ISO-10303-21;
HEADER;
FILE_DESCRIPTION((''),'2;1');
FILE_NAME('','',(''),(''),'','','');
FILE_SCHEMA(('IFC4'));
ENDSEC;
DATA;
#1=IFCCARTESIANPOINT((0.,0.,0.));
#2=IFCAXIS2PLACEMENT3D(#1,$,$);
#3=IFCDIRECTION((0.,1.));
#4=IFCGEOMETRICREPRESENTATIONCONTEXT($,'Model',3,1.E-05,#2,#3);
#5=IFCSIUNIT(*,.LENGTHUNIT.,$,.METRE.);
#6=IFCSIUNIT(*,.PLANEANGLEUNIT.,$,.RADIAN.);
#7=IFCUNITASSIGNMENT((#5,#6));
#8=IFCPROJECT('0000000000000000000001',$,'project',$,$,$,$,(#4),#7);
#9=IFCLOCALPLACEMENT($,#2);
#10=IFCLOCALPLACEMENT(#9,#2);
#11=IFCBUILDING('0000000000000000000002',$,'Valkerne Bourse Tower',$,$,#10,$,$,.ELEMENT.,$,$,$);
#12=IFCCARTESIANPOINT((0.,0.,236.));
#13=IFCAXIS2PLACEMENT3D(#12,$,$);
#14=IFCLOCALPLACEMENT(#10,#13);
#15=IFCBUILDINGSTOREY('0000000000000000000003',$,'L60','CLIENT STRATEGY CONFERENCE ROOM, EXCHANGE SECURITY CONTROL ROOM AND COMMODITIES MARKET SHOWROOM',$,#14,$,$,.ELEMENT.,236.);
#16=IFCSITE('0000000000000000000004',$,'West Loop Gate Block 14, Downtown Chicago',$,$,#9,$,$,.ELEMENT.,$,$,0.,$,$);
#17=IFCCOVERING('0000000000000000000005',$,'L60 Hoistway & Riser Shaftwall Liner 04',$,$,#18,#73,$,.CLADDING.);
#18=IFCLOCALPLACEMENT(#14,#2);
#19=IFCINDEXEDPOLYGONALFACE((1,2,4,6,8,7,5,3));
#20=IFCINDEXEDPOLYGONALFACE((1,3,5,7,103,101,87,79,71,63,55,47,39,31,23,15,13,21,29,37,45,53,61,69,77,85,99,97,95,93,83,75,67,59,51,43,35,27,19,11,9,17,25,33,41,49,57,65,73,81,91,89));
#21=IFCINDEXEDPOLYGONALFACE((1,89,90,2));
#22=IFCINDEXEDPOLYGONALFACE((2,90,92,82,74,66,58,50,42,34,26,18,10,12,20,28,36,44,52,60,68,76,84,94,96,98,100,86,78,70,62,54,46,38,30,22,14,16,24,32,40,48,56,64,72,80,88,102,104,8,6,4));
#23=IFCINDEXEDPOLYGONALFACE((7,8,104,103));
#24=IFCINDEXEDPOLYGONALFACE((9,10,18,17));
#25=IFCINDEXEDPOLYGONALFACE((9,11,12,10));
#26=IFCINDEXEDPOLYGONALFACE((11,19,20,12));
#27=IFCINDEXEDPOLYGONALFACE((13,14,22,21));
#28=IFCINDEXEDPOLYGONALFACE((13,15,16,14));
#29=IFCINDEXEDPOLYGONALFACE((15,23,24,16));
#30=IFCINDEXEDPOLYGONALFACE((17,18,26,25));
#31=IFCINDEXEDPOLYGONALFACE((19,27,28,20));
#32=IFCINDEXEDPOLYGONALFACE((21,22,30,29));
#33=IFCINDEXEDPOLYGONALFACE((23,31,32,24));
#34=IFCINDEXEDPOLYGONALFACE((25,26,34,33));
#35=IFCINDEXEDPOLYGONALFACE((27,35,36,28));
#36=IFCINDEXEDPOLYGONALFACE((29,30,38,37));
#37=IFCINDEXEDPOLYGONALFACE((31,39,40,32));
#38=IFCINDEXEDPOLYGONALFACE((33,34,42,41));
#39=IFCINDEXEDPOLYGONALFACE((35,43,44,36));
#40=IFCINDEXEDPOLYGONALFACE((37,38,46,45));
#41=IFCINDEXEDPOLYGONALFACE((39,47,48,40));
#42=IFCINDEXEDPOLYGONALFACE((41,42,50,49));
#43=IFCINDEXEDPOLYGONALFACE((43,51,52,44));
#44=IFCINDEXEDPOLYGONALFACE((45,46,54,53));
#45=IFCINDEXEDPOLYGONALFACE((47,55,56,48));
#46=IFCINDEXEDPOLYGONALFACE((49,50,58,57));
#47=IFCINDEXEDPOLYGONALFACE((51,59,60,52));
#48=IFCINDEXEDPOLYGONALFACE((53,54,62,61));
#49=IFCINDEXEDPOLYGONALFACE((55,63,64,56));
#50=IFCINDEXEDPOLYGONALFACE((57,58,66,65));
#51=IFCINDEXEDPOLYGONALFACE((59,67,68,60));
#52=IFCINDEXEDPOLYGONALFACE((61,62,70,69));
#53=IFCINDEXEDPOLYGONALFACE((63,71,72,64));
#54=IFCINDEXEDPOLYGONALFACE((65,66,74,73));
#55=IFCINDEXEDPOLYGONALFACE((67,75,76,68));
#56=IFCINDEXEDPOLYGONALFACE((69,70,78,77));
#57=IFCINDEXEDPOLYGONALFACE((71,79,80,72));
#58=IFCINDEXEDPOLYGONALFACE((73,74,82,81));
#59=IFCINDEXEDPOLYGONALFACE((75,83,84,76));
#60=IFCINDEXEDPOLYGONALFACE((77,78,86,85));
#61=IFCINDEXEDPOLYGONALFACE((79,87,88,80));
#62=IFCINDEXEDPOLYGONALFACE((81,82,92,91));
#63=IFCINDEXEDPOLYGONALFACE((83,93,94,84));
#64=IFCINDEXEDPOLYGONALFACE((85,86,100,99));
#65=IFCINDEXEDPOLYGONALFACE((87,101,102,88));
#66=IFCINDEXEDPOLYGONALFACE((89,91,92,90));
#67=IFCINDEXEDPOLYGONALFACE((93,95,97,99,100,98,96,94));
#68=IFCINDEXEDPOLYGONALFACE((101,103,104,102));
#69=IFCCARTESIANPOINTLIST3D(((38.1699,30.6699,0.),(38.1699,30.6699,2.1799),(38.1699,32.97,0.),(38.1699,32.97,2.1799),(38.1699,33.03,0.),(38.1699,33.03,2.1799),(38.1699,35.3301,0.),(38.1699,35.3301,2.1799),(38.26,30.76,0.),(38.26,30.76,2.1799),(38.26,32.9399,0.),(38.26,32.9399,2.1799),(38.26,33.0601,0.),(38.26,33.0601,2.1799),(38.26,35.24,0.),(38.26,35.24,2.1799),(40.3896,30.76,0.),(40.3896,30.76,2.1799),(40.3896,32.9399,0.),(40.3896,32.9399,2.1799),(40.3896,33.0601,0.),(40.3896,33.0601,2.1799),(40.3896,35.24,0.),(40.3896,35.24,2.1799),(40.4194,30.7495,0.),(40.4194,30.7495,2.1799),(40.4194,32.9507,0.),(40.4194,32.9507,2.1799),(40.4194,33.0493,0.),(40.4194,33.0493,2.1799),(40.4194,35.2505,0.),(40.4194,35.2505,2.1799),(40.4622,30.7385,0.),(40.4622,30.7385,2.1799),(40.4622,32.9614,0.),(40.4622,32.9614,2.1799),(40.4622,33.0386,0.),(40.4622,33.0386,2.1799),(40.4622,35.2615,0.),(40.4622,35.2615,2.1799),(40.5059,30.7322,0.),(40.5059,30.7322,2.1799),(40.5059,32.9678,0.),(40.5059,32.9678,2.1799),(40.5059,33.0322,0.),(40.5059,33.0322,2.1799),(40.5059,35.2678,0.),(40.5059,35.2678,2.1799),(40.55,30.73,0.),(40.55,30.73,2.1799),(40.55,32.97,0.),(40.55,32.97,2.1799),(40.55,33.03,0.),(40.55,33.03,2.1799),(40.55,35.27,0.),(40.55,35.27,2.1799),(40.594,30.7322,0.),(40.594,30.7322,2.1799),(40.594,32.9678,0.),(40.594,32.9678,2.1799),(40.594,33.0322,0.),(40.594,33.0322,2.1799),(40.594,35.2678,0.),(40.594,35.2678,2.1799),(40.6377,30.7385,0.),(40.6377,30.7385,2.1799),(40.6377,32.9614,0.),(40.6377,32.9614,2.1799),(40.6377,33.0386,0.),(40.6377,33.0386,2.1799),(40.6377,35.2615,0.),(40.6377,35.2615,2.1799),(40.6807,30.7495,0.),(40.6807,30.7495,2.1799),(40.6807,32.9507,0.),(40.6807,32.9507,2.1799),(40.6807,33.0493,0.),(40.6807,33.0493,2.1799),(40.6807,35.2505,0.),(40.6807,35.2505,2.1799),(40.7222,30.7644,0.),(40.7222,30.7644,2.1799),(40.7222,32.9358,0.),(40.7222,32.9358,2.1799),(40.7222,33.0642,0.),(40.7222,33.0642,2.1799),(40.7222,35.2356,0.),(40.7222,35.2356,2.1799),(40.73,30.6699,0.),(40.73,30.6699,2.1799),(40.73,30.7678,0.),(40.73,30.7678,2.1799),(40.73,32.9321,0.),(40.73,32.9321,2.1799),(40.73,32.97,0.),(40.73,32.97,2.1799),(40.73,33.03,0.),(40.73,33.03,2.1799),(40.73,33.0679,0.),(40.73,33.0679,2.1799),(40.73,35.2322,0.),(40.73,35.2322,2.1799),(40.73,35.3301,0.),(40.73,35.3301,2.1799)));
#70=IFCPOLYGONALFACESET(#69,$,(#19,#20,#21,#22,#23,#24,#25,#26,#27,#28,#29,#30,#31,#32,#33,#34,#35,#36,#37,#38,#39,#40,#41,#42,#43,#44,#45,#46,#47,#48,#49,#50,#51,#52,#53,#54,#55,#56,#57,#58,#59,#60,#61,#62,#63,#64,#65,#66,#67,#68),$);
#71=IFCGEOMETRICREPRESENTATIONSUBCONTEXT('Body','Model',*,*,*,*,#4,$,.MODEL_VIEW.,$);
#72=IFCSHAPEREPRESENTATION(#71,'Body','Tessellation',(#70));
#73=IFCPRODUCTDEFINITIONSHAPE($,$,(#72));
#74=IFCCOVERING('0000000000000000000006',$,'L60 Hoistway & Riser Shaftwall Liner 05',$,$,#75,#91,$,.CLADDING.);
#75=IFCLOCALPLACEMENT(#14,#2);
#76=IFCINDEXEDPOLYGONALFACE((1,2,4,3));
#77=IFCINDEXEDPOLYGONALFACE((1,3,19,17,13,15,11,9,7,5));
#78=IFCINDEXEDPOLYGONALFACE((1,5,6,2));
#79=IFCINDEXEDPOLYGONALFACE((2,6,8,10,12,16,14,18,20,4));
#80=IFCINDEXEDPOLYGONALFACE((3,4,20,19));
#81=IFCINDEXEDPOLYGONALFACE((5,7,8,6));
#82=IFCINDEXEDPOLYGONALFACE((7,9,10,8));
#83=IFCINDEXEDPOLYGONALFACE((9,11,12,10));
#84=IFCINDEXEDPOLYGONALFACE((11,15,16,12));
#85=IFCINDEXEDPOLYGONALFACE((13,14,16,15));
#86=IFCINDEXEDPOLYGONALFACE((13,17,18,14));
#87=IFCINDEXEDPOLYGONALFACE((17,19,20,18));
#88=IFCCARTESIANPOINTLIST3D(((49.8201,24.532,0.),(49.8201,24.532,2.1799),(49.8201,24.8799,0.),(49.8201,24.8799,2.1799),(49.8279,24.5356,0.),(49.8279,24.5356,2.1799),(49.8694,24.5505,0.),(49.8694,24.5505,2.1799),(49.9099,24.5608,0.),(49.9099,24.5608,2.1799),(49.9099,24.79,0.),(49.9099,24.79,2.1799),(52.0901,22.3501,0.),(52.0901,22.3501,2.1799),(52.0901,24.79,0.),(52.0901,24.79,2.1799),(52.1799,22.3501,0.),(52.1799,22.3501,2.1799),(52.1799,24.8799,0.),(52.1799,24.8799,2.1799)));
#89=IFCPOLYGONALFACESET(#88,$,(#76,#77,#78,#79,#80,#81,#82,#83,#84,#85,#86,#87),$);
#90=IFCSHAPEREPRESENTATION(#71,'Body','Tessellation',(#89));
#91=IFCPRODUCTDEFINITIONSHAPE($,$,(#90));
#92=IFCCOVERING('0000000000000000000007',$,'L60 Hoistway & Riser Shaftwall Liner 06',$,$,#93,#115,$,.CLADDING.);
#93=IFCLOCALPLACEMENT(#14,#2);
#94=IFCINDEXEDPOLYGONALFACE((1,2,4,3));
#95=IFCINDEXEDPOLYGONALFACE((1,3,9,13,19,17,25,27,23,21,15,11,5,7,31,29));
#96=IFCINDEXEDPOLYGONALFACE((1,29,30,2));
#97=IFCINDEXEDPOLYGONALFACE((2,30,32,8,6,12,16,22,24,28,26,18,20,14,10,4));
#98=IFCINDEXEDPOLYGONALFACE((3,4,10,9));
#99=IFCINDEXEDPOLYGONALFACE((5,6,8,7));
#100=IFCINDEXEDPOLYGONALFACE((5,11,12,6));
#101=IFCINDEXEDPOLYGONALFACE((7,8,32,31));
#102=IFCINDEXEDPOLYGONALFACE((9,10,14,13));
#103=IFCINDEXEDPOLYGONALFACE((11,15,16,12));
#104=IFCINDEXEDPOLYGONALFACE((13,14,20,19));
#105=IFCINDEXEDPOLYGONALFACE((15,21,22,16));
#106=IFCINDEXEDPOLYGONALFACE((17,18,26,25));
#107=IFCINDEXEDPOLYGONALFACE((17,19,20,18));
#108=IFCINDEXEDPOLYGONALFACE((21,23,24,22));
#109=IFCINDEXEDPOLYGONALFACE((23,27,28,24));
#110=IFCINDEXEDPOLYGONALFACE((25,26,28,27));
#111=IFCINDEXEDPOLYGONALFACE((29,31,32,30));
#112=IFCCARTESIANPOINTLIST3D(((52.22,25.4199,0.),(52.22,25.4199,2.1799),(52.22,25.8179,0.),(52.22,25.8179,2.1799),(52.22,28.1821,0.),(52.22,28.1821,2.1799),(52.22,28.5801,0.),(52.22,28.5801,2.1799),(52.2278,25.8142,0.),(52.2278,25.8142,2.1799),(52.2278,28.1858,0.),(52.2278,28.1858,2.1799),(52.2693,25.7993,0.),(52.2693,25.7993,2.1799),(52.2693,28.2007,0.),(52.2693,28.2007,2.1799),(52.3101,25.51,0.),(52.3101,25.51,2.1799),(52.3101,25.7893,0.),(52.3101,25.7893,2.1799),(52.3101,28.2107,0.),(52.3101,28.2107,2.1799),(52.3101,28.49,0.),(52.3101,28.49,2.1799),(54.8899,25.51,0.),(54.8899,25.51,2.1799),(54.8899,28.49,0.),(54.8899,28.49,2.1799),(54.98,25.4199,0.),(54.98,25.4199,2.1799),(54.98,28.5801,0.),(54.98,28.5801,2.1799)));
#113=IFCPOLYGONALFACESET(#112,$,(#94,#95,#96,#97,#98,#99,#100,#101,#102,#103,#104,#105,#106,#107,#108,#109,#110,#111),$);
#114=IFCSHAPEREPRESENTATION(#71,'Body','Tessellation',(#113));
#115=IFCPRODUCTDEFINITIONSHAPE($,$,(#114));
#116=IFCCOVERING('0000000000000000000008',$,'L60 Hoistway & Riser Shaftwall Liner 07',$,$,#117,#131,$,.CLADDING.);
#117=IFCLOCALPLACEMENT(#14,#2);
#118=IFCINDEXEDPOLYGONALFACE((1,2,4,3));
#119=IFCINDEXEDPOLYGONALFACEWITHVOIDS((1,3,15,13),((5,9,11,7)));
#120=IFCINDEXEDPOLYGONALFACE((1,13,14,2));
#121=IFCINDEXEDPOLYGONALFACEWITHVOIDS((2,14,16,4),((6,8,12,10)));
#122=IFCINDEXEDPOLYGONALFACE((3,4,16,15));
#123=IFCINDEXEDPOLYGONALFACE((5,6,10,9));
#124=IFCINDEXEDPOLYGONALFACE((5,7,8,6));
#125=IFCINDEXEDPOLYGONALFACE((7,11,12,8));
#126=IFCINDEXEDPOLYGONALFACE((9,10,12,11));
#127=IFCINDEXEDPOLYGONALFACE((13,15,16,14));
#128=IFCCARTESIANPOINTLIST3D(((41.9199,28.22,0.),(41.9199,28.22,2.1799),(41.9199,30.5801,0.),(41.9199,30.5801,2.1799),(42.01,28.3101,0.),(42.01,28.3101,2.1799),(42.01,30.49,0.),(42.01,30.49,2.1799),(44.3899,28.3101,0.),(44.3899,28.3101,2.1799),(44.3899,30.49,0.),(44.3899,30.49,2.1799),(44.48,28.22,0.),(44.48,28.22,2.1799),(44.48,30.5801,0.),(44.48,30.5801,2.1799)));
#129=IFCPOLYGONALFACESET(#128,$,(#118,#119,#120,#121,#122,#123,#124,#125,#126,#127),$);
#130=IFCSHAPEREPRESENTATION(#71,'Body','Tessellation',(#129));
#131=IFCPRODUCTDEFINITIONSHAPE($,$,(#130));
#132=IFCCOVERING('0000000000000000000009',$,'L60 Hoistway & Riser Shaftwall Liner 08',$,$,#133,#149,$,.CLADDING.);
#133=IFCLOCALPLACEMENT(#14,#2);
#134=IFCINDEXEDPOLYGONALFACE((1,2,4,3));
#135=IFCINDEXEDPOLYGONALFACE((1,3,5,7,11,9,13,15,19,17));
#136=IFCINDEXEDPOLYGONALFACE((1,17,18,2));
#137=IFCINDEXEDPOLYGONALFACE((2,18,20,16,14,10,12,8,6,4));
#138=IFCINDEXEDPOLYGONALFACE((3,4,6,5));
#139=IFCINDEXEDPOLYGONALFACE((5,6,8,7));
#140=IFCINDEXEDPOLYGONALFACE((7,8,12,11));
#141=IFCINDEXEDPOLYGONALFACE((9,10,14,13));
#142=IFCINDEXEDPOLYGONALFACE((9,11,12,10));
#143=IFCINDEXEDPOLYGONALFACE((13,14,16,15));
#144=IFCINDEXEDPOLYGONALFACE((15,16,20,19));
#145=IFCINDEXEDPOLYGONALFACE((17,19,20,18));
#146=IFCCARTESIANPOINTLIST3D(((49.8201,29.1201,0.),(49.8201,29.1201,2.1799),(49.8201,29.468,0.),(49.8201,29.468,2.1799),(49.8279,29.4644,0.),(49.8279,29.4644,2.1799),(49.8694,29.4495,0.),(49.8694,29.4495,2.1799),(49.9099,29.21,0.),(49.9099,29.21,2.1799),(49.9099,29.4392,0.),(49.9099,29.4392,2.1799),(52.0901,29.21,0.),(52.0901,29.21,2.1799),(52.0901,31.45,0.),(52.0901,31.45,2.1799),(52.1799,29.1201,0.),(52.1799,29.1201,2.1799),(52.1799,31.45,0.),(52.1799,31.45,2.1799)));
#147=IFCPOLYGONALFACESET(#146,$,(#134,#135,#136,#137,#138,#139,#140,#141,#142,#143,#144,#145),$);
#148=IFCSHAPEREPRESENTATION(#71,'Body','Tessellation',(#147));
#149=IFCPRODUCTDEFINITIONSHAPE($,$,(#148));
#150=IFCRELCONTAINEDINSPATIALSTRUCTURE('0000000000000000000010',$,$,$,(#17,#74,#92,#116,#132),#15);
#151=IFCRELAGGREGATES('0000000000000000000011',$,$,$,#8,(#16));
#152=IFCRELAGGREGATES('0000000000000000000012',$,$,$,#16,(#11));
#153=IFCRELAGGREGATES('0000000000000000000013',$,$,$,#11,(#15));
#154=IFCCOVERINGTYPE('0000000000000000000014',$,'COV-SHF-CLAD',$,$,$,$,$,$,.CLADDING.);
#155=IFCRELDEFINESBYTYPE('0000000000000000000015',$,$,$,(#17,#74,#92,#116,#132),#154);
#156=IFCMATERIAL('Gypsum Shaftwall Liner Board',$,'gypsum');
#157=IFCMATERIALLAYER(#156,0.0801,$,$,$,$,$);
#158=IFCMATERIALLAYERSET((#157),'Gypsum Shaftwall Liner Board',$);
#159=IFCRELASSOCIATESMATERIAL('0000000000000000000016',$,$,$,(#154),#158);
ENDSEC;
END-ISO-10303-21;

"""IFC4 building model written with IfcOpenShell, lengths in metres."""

from ifc_helpers import new_model, si_unit, direction, frame, origin, place, context, subcontext, project, spatial, polyline, outline, extrude, material, layer, layer_set, type_object, element, save


model = new_model("IFC4")

# Units and contexts
model_context = context("Model", 3, precision=1e-05, world=origin(), true_north=direction((0.0, 1.0)))
body_context = subcontext(model_context, "Body", "Model", "MODEL_VIEW")
ifc_project = project(units=[si_unit("LENGTHUNIT", "METRE"), si_unit("PLANEANGLEUNIT", "RADIAN")], contexts=[model_context])

# Site, building, storey
site_placement = place(None, origin())
site = spatial("IfcSite", under=ifc_project, at=site_placement, Name="West Loop Gate Block 14, Downtown Chicago", CompositionType="ELEMENT", RefElevation=0.0)
building_placement = place(site_placement, origin())
building = spatial("IfcBuilding", under=site, at=building_placement, Name="Valkerne Bourse Tower", CompositionType="ELEMENT")
storey_placement = place(building_placement, frame((0.0, 0.0, 236.0)))
storey = spatial("IfcBuildingStorey", under=building, at=storey_placement, Name="L60", Description="CLIENT STRATEGY CONFERENCE ROOM, EXCHANGE SECURITY CONTROL ROOM AND COMMODITIES MARKET SHOWROOM", CompositionType="ELEMENT", Elevation=236.0)

# Coverings
ifc_material_1 = material(Name="Gypsum Shaftwall Liner Board", Category="gypsum")
ifc_layer_1 = layer(ifc_material_1, 0.0801)
ifc_layer_set_1 = layer_set([ifc_layer_1], Name="Gypsum Shaftwall Liner Board")
covering_type_1 = type_object("IfcCoveringType", Name="COV-SHF-CLAD", PredefinedType="CLADDING", material=ifc_layer_set_1)
covering_1_placement = place(storey_placement, origin())
element("IfcCovering", 1, at=covering_1_placement, inside=storey, type_object=covering_type_1, Name="L60 Hoistway & Riser Shaftwall Liner 04", PredefinedType="CLADDING", context=body_context, shape_type="SweptSolid", body=[
    extrude(outline(polyline([(38.1699, 35.3301), (40.73, 35.3301), (40.73, 35.2322), (40.7222, 35.2356), (40.6807, 35.2505), (40.6377, 35.2615), (40.594, 35.2678), (40.55, 35.27), (40.5059, 35.2678), (40.4622, 35.2615), (40.4194, 35.2505), (40.3896, 35.24), (38.26, 35.24), (38.26, 33.0601), (40.3896, 33.0601), (40.4194, 33.0493), (40.4622, 33.0386), (40.5059, 33.0322), (40.55, 33.03), (40.594, 33.0322), (40.6377, 33.0386), (40.6807, 33.0493), (40.7222, 33.0642), (40.73, 33.0679), (40.73, 33.03), (40.73, 32.97), (40.73, 32.9321), (40.7222, 32.9358), (40.6807, 32.9507), (40.6377, 32.9614), (40.594, 32.9678), (40.55, 32.97), (40.5059, 32.9678), (40.4622, 32.9614), (40.4194, 32.9507), (40.3896, 32.9399), (38.26, 32.9399), (38.26, 30.76), (40.3896, 30.76), (40.4194, 30.7495), (40.4622, 30.7385), (40.5059, 30.7322), (40.55, 30.73), (40.594, 30.7322), (40.6377, 30.7385), (40.6807, 30.7495), (40.7222, 30.7644), (40.73, 30.7678), (40.73, 30.6699), (38.1699, 30.6699), (38.1699, 32.97), (38.1699, 33.03), (38.1699, 35.3301)])), origin(), (0.0, 0.0, 1.0), 2.1799),
])
covering_2_placement = place(storey_placement, origin())
element("IfcCovering", 2, at=covering_2_placement, inside=storey, type_object=covering_type_1, Name="L60 Hoistway & Riser Shaftwall Liner 05", PredefinedType="CLADDING", context=body_context, shape_type="SweptSolid", body=[
    extrude(outline(polyline([(52.1799, 22.3501), (52.0901, 22.3501), (52.0901, 24.79), (49.9099, 24.79), (49.9099, 24.5608), (49.8694, 24.5505), (49.8279, 24.5356), (49.8201, 24.532), (49.8201, 24.8799), (52.1799, 24.8799), (52.1799, 22.3501)])), origin(), (0.0, 0.0, 1.0), 2.1799),
])
covering_3_placement = place(storey_placement, origin())
element("IfcCovering", 3, at=covering_3_placement, inside=storey, type_object=covering_type_1, Name="L60 Hoistway & Riser Shaftwall Liner 06", PredefinedType="CLADDING", context=body_context, shape_type="SweptSolid", body=[
    extrude(outline(polyline([(54.98, 25.4199), (52.22, 25.4199), (52.22, 25.8179), (52.2278, 25.8142), (52.2693, 25.7993), (52.3101, 25.7893), (52.3101, 25.51), (54.8899, 25.51), (54.8899, 28.49), (52.3101, 28.49), (52.3101, 28.2107), (52.2693, 28.2007), (52.2278, 28.1858), (52.22, 28.1821), (52.22, 28.5801), (54.98, 28.5801), (54.98, 25.4199)])), origin(), (0.0, 0.0, 1.0), 2.1799),
])
covering_4_placement = place(storey_placement, origin())
element("IfcCovering", 4, at=covering_4_placement, inside=storey, type_object=covering_type_1, Name="L60 Hoistway & Riser Shaftwall Liner 07", PredefinedType="CLADDING", context=body_context, shape_type="SweptSolid", body=[
    extrude(outline(polyline([(44.48, 28.22), (41.9199, 28.22), (41.9199, 30.5801), (44.48, 30.5801), (44.48, 28.22)]), holes=[polyline([(42.01, 30.49), (42.01, 28.3101), (44.3899, 28.3101), (44.3899, 30.49), (42.01, 30.49)])]), origin(), (0.0, 0.0, 1.0), 2.1799),
])
covering_5_placement = place(storey_placement, origin())
element("IfcCovering", 5, at=covering_5_placement, inside=storey, type_object=covering_type_1, Name="L60 Hoistway & Riser Shaftwall Liner 08", PredefinedType="CLADDING", context=body_context, shape_type="SweptSolid", body=[
    extrude(outline(polyline([(49.8201, 29.1201), (49.8201, 29.468), (49.8279, 29.4644), (49.8694, 29.4495), (49.9099, 29.4392), (49.9099, 29.21), (52.0901, 29.21), (52.0901, 31.45), (52.1799, 31.45), (52.1799, 29.1201), (49.8201, 29.1201)])), origin(), (0.0, 0.0, 1.0), 2.1799),
])

save(model, "model.ifc")
